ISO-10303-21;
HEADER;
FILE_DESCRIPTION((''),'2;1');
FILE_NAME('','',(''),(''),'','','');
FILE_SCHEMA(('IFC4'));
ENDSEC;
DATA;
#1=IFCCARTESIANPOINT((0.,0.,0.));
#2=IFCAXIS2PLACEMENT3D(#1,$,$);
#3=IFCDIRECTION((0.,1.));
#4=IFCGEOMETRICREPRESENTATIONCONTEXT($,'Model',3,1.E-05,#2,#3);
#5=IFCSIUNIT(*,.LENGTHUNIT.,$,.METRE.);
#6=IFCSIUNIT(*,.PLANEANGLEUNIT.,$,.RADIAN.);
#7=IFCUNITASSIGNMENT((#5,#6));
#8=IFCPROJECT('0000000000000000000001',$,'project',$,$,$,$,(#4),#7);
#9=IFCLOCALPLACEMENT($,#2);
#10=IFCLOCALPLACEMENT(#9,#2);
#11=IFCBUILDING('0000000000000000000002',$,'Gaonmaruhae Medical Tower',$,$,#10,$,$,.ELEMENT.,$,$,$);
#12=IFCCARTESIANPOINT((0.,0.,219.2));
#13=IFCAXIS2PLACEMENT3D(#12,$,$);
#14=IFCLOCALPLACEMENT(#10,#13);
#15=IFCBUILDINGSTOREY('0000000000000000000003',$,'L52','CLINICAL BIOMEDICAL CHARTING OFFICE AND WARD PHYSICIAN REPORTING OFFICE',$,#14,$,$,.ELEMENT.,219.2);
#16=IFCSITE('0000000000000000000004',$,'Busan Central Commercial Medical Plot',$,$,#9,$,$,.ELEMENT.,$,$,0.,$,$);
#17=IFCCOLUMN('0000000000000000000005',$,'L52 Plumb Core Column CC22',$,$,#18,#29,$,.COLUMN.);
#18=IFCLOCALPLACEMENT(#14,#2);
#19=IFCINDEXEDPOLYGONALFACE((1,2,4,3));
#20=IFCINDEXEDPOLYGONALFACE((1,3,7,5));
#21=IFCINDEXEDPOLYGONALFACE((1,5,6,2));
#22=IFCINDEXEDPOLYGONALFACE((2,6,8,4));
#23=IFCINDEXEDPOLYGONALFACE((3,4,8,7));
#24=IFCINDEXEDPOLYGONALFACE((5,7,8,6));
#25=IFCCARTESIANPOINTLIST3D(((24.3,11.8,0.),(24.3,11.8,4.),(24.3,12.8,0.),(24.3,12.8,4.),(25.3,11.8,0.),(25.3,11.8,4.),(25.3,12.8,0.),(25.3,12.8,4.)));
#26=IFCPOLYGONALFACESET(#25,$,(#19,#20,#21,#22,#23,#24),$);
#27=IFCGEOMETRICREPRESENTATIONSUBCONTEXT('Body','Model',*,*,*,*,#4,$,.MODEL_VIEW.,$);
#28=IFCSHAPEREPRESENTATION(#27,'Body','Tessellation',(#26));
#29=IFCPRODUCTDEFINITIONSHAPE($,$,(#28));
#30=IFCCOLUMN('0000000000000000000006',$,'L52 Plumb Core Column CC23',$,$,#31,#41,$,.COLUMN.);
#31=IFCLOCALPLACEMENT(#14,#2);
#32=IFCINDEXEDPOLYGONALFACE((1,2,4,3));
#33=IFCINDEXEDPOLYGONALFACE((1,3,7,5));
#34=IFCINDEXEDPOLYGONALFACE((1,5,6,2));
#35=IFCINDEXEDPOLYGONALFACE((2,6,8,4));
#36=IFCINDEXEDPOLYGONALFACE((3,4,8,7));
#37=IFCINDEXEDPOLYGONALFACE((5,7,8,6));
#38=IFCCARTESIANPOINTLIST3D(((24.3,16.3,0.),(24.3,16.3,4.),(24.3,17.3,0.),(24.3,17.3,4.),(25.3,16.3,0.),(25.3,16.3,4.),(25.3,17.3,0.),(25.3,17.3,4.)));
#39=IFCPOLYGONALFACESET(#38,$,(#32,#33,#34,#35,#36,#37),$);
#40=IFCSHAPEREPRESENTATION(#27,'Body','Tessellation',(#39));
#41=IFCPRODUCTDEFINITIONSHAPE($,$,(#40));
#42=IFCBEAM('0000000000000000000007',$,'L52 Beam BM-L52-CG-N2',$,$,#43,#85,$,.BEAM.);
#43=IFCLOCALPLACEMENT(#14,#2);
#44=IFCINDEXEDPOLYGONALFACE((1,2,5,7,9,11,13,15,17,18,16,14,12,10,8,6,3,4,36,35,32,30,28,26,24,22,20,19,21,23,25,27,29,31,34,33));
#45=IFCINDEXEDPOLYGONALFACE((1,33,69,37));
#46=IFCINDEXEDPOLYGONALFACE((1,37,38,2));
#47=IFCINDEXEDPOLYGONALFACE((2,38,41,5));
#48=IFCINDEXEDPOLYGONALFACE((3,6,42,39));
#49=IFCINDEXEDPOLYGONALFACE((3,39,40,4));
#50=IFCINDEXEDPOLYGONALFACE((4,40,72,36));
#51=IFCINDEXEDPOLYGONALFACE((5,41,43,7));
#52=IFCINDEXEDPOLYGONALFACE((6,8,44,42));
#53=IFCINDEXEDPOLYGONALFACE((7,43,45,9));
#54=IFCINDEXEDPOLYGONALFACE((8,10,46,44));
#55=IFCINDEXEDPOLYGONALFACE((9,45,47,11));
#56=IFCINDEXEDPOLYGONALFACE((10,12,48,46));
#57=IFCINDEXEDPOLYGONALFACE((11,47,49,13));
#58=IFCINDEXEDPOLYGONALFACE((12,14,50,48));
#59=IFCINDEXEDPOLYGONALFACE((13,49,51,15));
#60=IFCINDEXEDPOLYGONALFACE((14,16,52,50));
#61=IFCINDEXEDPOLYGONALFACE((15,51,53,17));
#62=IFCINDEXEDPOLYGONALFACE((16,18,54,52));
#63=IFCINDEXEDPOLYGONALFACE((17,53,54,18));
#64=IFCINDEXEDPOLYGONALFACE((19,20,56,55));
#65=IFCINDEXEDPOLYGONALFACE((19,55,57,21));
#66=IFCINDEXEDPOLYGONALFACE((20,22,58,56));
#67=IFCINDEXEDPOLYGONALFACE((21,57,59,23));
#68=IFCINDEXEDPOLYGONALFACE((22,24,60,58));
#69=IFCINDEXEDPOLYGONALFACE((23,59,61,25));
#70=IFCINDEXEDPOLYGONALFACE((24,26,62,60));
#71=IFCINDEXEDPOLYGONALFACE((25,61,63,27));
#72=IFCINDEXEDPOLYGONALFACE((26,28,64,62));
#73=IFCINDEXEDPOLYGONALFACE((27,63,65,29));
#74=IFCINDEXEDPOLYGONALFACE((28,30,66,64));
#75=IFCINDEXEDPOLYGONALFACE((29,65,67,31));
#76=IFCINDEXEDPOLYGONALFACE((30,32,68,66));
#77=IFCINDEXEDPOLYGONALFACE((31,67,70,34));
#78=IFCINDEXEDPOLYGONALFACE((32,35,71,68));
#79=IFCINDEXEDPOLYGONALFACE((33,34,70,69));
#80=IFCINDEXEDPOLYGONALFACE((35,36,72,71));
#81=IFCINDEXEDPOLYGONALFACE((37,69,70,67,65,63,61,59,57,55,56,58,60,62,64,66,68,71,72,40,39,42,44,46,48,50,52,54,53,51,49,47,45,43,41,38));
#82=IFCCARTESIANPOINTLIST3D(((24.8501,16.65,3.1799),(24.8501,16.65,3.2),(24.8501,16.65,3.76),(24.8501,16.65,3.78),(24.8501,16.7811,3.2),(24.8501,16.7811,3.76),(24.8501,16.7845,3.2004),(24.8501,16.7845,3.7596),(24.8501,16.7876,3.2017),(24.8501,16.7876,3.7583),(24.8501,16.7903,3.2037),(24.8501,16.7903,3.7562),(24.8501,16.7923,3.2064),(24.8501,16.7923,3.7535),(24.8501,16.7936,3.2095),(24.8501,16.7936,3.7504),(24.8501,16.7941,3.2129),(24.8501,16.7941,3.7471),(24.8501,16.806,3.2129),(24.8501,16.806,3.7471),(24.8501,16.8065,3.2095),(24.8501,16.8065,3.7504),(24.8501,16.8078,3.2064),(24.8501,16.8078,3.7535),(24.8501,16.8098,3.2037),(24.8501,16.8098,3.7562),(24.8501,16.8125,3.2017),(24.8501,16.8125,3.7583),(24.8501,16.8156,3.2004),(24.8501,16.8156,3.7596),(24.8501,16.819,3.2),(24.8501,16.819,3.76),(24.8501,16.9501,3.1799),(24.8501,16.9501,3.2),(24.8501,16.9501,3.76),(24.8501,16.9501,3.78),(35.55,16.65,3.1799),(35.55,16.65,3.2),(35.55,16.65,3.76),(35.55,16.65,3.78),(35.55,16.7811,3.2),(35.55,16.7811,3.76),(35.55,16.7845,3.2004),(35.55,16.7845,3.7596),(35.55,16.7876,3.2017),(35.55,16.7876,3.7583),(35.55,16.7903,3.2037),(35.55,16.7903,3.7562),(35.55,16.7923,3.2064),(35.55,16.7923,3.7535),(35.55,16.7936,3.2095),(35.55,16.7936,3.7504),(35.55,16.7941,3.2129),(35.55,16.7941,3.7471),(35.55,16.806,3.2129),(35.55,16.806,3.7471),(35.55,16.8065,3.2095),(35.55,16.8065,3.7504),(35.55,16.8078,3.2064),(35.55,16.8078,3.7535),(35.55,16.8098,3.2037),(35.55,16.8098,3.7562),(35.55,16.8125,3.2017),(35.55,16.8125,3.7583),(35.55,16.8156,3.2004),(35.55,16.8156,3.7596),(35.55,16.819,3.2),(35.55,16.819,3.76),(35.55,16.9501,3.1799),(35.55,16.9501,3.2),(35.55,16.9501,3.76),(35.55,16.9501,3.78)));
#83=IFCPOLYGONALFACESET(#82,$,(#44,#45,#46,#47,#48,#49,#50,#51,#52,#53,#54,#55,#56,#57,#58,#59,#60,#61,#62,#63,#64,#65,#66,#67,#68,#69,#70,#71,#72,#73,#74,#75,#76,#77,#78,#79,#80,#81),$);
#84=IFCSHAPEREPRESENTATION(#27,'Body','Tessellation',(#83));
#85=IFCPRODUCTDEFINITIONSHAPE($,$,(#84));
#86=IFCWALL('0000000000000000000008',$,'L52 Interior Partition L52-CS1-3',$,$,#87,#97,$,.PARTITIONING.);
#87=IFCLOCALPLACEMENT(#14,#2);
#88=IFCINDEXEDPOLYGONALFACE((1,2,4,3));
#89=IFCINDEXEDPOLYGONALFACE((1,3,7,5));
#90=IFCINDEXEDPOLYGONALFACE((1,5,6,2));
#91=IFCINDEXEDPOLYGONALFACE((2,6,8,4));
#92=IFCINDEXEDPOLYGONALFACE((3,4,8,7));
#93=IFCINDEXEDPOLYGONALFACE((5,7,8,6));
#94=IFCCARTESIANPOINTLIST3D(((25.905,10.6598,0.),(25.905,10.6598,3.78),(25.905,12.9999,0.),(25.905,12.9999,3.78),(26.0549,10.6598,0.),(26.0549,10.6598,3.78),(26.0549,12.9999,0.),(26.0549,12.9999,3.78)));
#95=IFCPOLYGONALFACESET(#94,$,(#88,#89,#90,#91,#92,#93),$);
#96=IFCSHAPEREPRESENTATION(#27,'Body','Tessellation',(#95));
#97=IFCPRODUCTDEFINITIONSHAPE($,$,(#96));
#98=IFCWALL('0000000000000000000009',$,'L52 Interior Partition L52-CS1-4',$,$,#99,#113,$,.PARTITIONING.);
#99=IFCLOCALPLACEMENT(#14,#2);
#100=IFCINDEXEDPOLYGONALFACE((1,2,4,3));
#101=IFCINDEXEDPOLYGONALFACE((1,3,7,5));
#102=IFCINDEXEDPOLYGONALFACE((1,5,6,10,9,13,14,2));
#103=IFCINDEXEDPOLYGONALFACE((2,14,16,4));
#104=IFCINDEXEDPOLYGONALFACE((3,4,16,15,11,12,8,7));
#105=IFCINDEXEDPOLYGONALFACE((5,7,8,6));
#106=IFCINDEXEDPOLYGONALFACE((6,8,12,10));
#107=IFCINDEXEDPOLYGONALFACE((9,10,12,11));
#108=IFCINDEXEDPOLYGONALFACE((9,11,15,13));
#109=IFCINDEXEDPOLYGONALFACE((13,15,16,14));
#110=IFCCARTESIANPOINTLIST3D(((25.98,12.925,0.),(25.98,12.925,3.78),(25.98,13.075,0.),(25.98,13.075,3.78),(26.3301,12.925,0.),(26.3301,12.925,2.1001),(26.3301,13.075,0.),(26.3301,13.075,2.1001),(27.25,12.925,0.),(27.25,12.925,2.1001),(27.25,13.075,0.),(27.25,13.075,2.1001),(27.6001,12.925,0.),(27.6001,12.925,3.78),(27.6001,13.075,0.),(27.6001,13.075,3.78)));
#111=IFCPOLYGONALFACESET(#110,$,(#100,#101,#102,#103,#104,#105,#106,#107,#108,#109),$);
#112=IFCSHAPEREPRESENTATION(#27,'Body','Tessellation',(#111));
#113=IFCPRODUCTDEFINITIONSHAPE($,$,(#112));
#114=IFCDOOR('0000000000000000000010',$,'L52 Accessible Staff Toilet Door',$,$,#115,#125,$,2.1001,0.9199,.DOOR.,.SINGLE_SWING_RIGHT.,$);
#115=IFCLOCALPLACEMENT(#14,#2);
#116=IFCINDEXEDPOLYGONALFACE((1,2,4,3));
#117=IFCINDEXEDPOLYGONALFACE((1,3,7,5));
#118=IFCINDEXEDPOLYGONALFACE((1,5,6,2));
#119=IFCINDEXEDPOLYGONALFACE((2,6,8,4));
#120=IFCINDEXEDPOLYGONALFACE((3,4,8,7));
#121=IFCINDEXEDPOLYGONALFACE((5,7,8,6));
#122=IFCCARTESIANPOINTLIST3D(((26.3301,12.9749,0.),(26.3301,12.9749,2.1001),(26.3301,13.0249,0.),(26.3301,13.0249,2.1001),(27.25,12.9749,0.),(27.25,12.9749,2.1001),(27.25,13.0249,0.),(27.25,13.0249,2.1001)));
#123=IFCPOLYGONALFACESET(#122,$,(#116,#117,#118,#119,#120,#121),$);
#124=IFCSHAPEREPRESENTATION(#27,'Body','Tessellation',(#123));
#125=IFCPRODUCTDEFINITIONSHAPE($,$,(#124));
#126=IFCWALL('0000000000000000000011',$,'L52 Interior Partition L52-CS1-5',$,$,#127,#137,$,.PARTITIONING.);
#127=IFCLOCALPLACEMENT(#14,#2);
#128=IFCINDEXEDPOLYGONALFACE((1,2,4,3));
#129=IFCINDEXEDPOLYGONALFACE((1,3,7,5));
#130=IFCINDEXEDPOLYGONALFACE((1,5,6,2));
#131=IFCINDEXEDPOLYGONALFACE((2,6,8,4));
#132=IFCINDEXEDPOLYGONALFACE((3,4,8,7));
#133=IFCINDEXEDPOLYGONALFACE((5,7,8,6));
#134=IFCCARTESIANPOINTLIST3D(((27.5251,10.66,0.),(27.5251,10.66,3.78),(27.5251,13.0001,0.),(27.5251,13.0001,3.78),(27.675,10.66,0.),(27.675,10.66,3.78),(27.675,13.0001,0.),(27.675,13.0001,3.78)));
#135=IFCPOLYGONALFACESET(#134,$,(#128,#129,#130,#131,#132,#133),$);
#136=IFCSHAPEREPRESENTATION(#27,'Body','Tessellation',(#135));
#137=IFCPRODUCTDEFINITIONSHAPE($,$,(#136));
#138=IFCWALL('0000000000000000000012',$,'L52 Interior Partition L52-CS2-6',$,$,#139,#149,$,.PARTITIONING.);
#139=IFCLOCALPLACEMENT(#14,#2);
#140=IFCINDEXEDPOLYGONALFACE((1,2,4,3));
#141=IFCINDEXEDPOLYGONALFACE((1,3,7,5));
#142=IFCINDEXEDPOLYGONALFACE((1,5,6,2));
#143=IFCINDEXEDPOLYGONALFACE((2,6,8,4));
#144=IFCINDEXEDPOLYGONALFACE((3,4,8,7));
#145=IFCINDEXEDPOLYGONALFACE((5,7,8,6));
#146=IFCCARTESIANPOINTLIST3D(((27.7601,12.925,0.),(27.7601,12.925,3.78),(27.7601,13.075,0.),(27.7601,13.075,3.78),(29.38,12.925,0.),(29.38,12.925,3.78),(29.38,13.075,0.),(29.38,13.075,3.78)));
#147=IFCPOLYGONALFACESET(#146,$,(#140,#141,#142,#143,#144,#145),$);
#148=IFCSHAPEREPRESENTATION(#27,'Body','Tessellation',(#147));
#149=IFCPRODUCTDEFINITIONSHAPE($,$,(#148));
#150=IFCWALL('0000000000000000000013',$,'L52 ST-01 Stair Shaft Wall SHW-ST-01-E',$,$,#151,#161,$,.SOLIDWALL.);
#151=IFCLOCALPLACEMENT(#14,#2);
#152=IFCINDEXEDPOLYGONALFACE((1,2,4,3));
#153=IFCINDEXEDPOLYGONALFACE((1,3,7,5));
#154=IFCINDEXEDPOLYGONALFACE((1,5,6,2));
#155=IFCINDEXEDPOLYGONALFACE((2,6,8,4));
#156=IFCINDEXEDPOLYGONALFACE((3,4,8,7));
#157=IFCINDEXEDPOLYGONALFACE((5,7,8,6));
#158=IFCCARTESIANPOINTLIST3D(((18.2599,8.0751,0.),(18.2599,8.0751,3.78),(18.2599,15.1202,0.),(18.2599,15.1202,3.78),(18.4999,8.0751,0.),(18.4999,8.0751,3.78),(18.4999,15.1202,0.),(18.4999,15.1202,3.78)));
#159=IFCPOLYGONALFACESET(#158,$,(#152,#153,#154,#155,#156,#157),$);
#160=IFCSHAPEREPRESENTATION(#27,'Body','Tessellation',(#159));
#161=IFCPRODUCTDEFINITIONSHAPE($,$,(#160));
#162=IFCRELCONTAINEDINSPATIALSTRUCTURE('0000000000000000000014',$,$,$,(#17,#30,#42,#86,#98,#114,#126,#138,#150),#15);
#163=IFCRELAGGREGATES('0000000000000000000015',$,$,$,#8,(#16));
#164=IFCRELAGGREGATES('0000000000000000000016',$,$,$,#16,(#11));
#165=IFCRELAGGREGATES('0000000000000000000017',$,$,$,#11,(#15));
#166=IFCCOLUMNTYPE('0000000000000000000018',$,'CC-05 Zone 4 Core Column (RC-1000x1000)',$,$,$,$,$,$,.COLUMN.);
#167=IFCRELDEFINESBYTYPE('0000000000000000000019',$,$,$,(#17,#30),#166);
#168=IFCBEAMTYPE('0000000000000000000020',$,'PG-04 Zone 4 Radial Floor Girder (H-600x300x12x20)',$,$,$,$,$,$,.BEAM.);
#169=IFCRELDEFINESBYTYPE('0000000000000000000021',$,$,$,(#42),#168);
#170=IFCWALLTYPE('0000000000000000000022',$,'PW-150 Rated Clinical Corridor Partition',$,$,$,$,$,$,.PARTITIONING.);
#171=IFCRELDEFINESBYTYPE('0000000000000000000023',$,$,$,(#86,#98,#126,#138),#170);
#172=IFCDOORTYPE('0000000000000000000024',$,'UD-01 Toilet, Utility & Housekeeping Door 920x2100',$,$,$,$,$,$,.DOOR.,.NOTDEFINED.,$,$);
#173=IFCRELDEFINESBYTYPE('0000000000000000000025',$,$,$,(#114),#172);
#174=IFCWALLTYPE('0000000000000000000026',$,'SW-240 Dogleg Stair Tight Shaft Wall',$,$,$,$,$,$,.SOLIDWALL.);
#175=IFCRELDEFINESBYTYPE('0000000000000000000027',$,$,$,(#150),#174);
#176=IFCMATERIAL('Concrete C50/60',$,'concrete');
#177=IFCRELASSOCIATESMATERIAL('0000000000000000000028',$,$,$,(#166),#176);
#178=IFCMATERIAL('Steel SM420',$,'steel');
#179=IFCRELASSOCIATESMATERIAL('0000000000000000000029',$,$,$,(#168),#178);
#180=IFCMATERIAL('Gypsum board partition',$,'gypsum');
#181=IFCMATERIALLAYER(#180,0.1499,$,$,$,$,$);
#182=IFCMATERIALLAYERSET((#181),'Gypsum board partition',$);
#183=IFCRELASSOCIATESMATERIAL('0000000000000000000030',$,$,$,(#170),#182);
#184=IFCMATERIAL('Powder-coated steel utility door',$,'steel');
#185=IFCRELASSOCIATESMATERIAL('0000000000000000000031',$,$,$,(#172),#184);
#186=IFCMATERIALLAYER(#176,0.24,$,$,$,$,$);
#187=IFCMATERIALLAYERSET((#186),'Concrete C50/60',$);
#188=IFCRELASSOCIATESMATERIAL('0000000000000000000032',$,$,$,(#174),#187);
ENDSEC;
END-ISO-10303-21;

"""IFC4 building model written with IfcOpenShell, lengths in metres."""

from ifc_helpers import new_model, si_unit, direction, frame, frame_2d, origin, origin_2d, place, context, subcontext, project, spatial, rectangle, i_section, extrude, material, layer, layer_set, material_profile, profile_set, type_object, element, fill, save


model = new_model("IFC4")

# Units and contexts
model_context = context("Model", 3, precision=1e-05, world=origin(), true_north=direction((0.0, 1.0)))
body_context = subcontext(model_context, "Body", "Model", "MODEL_VIEW")
ifc_project = project(units=[si_unit("LENGTHUNIT", "METRE"), si_unit("PLANEANGLEUNIT", "RADIAN")], contexts=[model_context])

# Site, building, storey
site_placement = place(None, origin())
site = spatial("IfcSite", under=ifc_project, at=site_placement, Name="Busan Central Commercial Medical Plot", CompositionType="ELEMENT", RefElevation=0.0)
building_placement = place(site_placement, origin())
building = spatial("IfcBuilding", under=site, at=building_placement, Name="Gaonmaruhae Medical Tower", CompositionType="ELEMENT")
storey_placement = place(building_placement, frame((0.0, 0.0, 219.2)))
storey = spatial("IfcBuildingStorey", under=building, at=storey_placement, Name="L52", Description="CLINICAL BIOMEDICAL CHARTING OFFICE AND WARD PHYSICIAN REPORTING OFFICE", CompositionType="ELEMENT", Elevation=219.2)

# Columns
ifc_material_1 = material(Name="Concrete C50/60", Category="concrete")
ifc_material_profile_1 = material_profile(ifc_material_1, rectangle(XDim=1.0, YDim=1.0, at=origin_2d()), Name="RC-1000x1000")
ifc_profile_set_1 = profile_set([ifc_material_profile_1], Name="Concrete C50/60")
column_type = type_object("IfcColumnType", Name="CC-05 Zone 4 Core Column (RC-1000x1000)", PredefinedType="COLUMN", material=ifc_profile_set_1)
for number, where, z_axis, x_axis, name in (
    (1, (24.8, 12.3, 0.0), (0.0, 0.0, 1.0), (1.0, 0.0, 0.0), "L52 Plumb Core Column CC22"),
    (2, (24.8, 16.8, 0.0), (0.0, 0.0, 1.0), (1.0, 0.0, 0.0), "L52 Plumb Core Column CC23"),
):
    element("IfcColumn", number, at=place(storey_placement, frame(where, z_axis=z_axis, x_axis=x_axis)), inside=storey, type_object=column_type, Name=name, PredefinedType="COLUMN", context=body_context, shape_type="SweptSolid", body=[
        extrude(rectangle(XDim=1.0, YDim=1.0, at=origin_2d()), origin(), (0.0, 0.0, 1.0), 4.0),
    ])

# Beam
ifc_material_2 = material(Name="Steel SM420", Category="steel")
ifc_material_profile_2 = material_profile(ifc_material_2, i_section(OverallWidth=0.3, OverallDepth=0.6001, WebThickness=0.012, FlangeThickness=0.02, FilletRadius=0.0129, at=origin_2d()), Name="H-600x300x12x20")
ifc_profile_set_2 = profile_set([ifc_material_profile_2], Name="Steel SM420")
beam_type = type_object("IfcBeamType", Name="PG-04 Zone 4 Radial Floor Girder (H-600x300x12x20)", PredefinedType="BEAM", material=ifc_profile_set_2)
beam_placement = place(storey_placement, frame((24.8501, 16.8, 3.48), z_axis=(1.0, 0.0, 0.0), x_axis=(0.0, 1.0, 0.0)))
element("IfcBeam", 3, at=beam_placement, inside=storey, type_object=beam_type, Name="L52 Beam BM-L52-CG-N2", PredefinedType="BEAM", context=body_context, shape_type="SweptSolid", body=[
    extrude(i_section(OverallWidth=0.3, OverallDepth=0.6001, WebThickness=0.012, FlangeThickness=0.02, FilletRadius=0.0129, at=origin_2d()), origin(), (0.0, 0.0, 1.0), 10.7),
])

# Wall
ifc_material_3 = material(Name="Gypsum board partition", Category="gypsum")
ifc_layer_1 = layer(ifc_material_3, 0.1499)
ifc_layer_set_1 = layer_set([ifc_layer_1], Name="Gypsum board partition")
wall_type_1 = type_object("IfcWallType", Name="PW-150 Rated Clinical Corridor Partition", PredefinedType="PARTITIONING", material=ifc_layer_set_1)
wall_1_placement = place(storey_placement, frame((25.98, 10.6599, 0.0), z_axis=(0.0, 0.0, 1.0), x_axis=(0.0, 1.0, 0.0)))
element("IfcWall", 4, at=wall_1_placement, inside=storey, type_object=wall_type_1, Name="L52 Interior Partition L52-CS1-3", PredefinedType="PARTITIONING", context=body_context, shape_type="SweptSolid", body=[
    extrude(rectangle(XDim=2.3401, YDim=0.1499, at=frame_2d((1.1699, 0.0))), origin(), (0.0, 0.0, 1.0), 3.78),
])

# Wall, opening, door
wall_2_placement = place(storey_placement, frame((25.98, 13.0, 0.0), z_axis=(0.0, 0.0, 1.0), x_axis=(1.0, 0.0, 0.0)))
wall_2 = element("IfcWall", 5, at=wall_2_placement, inside=storey, type_object=wall_type_1, Name="L52 Interior Partition L52-CS1-4", PredefinedType="PARTITIONING", context=body_context, shape_type="SweptSolid", body=[
    extrude(rectangle(XDim=1.6201, YDim=0.1499, at=frame_2d((0.8101, 0.0))), origin(), (0.0, 0.0, 1.0), 3.78),
])
opening_1_placement = place(wall_2_placement, frame((0.3501, 0.0, 0.0)))
opening_1 = element("IfcOpeningElement", 6, at=opening_1_placement, cuts=wall_2, PredefinedType="OPENING", context=body_context, shape_type="SweptSolid", body=[
    extrude(rectangle(XDim=0.9199, YDim=2.1001, at=frame_2d((0.46, 1.05))), frame((0.0, 0.085, 0.0), z_axis=(0.0, -1.0, 0.0), x_axis=(1.0, 0.0, 0.0)), (0.0, 0.0, 1.0), 0.1699),
])
ifc_material_4 = material(Name="Powder-coated steel utility door", Category="steel")
door_type_1 = type_object("IfcDoorType", Name="UD-01 Toilet, Utility & Housekeeping Door 920x2100", OperationType="NOTDEFINED", PredefinedType="DOOR", material=ifc_material_4)
door_1_placement = place(opening_1_placement, origin())
door_1 = element("IfcDoor", 7, at=door_1_placement, inside=storey, type_object=door_type_1, Name="L52 Accessible Staff Toilet Door", OperationType="SINGLE_SWING_RIGHT", OverallHeight=2.1001, OverallWidth=0.9199, PredefinedType="DOOR", context=body_context, shape_type="SweptSolid", body=[
    extrude(rectangle(XDim=0.9199, YDim=2.1001, at=frame_2d((0.46, 1.05))), frame((0.0, 0.0249, 0.0), z_axis=(0.0, -1.0, 0.0), x_axis=(1.0, 0.0, 0.0)), (0.0, 0.0, 1.0), 0.05),
])
fill(opening_1, door_1)

# Walls
wall_3_placement = place(storey_placement, frame((27.6001, 13.0, 0.0), z_axis=(0.0, 0.0, 1.0), x_axis=(0.0, -1.0, 0.0)))
element("IfcWall", 8, at=wall_3_placement, inside=storey, type_object=wall_type_1, Name="L52 Interior Partition L52-CS1-5", PredefinedType="PARTITIONING", context=body_context, shape_type="SweptSolid", body=[
    extrude(rectangle(XDim=2.3401, YDim=0.1499, at=frame_2d((1.1699, 0.0))), origin(), (0.0, 0.0, 1.0), 3.78),
])
wall_4_placement = place(storey_placement, frame((27.76, 13.0, 0.0), z_axis=(0.0, 0.0, 1.0), x_axis=(1.0, 0.0, 0.0)))
element("IfcWall", 9, at=wall_4_placement, inside=storey, type_object=wall_type_1, Name="L52 Interior Partition L52-CS2-6", PredefinedType="PARTITIONING", context=body_context, shape_type="SweptSolid", body=[
    extrude(rectangle(XDim=1.6199, YDim=0.1499, at=frame_2d((0.8101, 0.0))), origin(), (0.0, 0.0, 1.0), 3.78),
])
ifc_layer_2 = layer(ifc_material_1, 0.24)
ifc_layer_set_2 = layer_set([ifc_layer_2], Name="Concrete C50/60")
wall_type_2 = type_object("IfcWallType", Name="SW-240 Dogleg Stair Tight Shaft Wall", PredefinedType="SOLIDWALL", material=ifc_layer_set_2)
wall_5_placement = place(storey_placement, frame((18.3799, 15.1201, 0.0), z_axis=(0.0, 0.0, 1.0), x_axis=(0.0, -1.0, 0.0)))
element("IfcWall", 10, at=wall_5_placement, inside=storey, type_object=wall_type_2, Name="L52 ST-01 Stair Shaft Wall SHW-ST-01-E", PredefinedType="SOLIDWALL", context=body_context, shape_type="SweptSolid", body=[
    extrude(rectangle(XDim=7.0452, YDim=0.24, at=frame_2d((3.5225, 0.0))), origin(), (0.0, 0.0, 1.0), 3.78),
])

save(model, "model.ifc")
